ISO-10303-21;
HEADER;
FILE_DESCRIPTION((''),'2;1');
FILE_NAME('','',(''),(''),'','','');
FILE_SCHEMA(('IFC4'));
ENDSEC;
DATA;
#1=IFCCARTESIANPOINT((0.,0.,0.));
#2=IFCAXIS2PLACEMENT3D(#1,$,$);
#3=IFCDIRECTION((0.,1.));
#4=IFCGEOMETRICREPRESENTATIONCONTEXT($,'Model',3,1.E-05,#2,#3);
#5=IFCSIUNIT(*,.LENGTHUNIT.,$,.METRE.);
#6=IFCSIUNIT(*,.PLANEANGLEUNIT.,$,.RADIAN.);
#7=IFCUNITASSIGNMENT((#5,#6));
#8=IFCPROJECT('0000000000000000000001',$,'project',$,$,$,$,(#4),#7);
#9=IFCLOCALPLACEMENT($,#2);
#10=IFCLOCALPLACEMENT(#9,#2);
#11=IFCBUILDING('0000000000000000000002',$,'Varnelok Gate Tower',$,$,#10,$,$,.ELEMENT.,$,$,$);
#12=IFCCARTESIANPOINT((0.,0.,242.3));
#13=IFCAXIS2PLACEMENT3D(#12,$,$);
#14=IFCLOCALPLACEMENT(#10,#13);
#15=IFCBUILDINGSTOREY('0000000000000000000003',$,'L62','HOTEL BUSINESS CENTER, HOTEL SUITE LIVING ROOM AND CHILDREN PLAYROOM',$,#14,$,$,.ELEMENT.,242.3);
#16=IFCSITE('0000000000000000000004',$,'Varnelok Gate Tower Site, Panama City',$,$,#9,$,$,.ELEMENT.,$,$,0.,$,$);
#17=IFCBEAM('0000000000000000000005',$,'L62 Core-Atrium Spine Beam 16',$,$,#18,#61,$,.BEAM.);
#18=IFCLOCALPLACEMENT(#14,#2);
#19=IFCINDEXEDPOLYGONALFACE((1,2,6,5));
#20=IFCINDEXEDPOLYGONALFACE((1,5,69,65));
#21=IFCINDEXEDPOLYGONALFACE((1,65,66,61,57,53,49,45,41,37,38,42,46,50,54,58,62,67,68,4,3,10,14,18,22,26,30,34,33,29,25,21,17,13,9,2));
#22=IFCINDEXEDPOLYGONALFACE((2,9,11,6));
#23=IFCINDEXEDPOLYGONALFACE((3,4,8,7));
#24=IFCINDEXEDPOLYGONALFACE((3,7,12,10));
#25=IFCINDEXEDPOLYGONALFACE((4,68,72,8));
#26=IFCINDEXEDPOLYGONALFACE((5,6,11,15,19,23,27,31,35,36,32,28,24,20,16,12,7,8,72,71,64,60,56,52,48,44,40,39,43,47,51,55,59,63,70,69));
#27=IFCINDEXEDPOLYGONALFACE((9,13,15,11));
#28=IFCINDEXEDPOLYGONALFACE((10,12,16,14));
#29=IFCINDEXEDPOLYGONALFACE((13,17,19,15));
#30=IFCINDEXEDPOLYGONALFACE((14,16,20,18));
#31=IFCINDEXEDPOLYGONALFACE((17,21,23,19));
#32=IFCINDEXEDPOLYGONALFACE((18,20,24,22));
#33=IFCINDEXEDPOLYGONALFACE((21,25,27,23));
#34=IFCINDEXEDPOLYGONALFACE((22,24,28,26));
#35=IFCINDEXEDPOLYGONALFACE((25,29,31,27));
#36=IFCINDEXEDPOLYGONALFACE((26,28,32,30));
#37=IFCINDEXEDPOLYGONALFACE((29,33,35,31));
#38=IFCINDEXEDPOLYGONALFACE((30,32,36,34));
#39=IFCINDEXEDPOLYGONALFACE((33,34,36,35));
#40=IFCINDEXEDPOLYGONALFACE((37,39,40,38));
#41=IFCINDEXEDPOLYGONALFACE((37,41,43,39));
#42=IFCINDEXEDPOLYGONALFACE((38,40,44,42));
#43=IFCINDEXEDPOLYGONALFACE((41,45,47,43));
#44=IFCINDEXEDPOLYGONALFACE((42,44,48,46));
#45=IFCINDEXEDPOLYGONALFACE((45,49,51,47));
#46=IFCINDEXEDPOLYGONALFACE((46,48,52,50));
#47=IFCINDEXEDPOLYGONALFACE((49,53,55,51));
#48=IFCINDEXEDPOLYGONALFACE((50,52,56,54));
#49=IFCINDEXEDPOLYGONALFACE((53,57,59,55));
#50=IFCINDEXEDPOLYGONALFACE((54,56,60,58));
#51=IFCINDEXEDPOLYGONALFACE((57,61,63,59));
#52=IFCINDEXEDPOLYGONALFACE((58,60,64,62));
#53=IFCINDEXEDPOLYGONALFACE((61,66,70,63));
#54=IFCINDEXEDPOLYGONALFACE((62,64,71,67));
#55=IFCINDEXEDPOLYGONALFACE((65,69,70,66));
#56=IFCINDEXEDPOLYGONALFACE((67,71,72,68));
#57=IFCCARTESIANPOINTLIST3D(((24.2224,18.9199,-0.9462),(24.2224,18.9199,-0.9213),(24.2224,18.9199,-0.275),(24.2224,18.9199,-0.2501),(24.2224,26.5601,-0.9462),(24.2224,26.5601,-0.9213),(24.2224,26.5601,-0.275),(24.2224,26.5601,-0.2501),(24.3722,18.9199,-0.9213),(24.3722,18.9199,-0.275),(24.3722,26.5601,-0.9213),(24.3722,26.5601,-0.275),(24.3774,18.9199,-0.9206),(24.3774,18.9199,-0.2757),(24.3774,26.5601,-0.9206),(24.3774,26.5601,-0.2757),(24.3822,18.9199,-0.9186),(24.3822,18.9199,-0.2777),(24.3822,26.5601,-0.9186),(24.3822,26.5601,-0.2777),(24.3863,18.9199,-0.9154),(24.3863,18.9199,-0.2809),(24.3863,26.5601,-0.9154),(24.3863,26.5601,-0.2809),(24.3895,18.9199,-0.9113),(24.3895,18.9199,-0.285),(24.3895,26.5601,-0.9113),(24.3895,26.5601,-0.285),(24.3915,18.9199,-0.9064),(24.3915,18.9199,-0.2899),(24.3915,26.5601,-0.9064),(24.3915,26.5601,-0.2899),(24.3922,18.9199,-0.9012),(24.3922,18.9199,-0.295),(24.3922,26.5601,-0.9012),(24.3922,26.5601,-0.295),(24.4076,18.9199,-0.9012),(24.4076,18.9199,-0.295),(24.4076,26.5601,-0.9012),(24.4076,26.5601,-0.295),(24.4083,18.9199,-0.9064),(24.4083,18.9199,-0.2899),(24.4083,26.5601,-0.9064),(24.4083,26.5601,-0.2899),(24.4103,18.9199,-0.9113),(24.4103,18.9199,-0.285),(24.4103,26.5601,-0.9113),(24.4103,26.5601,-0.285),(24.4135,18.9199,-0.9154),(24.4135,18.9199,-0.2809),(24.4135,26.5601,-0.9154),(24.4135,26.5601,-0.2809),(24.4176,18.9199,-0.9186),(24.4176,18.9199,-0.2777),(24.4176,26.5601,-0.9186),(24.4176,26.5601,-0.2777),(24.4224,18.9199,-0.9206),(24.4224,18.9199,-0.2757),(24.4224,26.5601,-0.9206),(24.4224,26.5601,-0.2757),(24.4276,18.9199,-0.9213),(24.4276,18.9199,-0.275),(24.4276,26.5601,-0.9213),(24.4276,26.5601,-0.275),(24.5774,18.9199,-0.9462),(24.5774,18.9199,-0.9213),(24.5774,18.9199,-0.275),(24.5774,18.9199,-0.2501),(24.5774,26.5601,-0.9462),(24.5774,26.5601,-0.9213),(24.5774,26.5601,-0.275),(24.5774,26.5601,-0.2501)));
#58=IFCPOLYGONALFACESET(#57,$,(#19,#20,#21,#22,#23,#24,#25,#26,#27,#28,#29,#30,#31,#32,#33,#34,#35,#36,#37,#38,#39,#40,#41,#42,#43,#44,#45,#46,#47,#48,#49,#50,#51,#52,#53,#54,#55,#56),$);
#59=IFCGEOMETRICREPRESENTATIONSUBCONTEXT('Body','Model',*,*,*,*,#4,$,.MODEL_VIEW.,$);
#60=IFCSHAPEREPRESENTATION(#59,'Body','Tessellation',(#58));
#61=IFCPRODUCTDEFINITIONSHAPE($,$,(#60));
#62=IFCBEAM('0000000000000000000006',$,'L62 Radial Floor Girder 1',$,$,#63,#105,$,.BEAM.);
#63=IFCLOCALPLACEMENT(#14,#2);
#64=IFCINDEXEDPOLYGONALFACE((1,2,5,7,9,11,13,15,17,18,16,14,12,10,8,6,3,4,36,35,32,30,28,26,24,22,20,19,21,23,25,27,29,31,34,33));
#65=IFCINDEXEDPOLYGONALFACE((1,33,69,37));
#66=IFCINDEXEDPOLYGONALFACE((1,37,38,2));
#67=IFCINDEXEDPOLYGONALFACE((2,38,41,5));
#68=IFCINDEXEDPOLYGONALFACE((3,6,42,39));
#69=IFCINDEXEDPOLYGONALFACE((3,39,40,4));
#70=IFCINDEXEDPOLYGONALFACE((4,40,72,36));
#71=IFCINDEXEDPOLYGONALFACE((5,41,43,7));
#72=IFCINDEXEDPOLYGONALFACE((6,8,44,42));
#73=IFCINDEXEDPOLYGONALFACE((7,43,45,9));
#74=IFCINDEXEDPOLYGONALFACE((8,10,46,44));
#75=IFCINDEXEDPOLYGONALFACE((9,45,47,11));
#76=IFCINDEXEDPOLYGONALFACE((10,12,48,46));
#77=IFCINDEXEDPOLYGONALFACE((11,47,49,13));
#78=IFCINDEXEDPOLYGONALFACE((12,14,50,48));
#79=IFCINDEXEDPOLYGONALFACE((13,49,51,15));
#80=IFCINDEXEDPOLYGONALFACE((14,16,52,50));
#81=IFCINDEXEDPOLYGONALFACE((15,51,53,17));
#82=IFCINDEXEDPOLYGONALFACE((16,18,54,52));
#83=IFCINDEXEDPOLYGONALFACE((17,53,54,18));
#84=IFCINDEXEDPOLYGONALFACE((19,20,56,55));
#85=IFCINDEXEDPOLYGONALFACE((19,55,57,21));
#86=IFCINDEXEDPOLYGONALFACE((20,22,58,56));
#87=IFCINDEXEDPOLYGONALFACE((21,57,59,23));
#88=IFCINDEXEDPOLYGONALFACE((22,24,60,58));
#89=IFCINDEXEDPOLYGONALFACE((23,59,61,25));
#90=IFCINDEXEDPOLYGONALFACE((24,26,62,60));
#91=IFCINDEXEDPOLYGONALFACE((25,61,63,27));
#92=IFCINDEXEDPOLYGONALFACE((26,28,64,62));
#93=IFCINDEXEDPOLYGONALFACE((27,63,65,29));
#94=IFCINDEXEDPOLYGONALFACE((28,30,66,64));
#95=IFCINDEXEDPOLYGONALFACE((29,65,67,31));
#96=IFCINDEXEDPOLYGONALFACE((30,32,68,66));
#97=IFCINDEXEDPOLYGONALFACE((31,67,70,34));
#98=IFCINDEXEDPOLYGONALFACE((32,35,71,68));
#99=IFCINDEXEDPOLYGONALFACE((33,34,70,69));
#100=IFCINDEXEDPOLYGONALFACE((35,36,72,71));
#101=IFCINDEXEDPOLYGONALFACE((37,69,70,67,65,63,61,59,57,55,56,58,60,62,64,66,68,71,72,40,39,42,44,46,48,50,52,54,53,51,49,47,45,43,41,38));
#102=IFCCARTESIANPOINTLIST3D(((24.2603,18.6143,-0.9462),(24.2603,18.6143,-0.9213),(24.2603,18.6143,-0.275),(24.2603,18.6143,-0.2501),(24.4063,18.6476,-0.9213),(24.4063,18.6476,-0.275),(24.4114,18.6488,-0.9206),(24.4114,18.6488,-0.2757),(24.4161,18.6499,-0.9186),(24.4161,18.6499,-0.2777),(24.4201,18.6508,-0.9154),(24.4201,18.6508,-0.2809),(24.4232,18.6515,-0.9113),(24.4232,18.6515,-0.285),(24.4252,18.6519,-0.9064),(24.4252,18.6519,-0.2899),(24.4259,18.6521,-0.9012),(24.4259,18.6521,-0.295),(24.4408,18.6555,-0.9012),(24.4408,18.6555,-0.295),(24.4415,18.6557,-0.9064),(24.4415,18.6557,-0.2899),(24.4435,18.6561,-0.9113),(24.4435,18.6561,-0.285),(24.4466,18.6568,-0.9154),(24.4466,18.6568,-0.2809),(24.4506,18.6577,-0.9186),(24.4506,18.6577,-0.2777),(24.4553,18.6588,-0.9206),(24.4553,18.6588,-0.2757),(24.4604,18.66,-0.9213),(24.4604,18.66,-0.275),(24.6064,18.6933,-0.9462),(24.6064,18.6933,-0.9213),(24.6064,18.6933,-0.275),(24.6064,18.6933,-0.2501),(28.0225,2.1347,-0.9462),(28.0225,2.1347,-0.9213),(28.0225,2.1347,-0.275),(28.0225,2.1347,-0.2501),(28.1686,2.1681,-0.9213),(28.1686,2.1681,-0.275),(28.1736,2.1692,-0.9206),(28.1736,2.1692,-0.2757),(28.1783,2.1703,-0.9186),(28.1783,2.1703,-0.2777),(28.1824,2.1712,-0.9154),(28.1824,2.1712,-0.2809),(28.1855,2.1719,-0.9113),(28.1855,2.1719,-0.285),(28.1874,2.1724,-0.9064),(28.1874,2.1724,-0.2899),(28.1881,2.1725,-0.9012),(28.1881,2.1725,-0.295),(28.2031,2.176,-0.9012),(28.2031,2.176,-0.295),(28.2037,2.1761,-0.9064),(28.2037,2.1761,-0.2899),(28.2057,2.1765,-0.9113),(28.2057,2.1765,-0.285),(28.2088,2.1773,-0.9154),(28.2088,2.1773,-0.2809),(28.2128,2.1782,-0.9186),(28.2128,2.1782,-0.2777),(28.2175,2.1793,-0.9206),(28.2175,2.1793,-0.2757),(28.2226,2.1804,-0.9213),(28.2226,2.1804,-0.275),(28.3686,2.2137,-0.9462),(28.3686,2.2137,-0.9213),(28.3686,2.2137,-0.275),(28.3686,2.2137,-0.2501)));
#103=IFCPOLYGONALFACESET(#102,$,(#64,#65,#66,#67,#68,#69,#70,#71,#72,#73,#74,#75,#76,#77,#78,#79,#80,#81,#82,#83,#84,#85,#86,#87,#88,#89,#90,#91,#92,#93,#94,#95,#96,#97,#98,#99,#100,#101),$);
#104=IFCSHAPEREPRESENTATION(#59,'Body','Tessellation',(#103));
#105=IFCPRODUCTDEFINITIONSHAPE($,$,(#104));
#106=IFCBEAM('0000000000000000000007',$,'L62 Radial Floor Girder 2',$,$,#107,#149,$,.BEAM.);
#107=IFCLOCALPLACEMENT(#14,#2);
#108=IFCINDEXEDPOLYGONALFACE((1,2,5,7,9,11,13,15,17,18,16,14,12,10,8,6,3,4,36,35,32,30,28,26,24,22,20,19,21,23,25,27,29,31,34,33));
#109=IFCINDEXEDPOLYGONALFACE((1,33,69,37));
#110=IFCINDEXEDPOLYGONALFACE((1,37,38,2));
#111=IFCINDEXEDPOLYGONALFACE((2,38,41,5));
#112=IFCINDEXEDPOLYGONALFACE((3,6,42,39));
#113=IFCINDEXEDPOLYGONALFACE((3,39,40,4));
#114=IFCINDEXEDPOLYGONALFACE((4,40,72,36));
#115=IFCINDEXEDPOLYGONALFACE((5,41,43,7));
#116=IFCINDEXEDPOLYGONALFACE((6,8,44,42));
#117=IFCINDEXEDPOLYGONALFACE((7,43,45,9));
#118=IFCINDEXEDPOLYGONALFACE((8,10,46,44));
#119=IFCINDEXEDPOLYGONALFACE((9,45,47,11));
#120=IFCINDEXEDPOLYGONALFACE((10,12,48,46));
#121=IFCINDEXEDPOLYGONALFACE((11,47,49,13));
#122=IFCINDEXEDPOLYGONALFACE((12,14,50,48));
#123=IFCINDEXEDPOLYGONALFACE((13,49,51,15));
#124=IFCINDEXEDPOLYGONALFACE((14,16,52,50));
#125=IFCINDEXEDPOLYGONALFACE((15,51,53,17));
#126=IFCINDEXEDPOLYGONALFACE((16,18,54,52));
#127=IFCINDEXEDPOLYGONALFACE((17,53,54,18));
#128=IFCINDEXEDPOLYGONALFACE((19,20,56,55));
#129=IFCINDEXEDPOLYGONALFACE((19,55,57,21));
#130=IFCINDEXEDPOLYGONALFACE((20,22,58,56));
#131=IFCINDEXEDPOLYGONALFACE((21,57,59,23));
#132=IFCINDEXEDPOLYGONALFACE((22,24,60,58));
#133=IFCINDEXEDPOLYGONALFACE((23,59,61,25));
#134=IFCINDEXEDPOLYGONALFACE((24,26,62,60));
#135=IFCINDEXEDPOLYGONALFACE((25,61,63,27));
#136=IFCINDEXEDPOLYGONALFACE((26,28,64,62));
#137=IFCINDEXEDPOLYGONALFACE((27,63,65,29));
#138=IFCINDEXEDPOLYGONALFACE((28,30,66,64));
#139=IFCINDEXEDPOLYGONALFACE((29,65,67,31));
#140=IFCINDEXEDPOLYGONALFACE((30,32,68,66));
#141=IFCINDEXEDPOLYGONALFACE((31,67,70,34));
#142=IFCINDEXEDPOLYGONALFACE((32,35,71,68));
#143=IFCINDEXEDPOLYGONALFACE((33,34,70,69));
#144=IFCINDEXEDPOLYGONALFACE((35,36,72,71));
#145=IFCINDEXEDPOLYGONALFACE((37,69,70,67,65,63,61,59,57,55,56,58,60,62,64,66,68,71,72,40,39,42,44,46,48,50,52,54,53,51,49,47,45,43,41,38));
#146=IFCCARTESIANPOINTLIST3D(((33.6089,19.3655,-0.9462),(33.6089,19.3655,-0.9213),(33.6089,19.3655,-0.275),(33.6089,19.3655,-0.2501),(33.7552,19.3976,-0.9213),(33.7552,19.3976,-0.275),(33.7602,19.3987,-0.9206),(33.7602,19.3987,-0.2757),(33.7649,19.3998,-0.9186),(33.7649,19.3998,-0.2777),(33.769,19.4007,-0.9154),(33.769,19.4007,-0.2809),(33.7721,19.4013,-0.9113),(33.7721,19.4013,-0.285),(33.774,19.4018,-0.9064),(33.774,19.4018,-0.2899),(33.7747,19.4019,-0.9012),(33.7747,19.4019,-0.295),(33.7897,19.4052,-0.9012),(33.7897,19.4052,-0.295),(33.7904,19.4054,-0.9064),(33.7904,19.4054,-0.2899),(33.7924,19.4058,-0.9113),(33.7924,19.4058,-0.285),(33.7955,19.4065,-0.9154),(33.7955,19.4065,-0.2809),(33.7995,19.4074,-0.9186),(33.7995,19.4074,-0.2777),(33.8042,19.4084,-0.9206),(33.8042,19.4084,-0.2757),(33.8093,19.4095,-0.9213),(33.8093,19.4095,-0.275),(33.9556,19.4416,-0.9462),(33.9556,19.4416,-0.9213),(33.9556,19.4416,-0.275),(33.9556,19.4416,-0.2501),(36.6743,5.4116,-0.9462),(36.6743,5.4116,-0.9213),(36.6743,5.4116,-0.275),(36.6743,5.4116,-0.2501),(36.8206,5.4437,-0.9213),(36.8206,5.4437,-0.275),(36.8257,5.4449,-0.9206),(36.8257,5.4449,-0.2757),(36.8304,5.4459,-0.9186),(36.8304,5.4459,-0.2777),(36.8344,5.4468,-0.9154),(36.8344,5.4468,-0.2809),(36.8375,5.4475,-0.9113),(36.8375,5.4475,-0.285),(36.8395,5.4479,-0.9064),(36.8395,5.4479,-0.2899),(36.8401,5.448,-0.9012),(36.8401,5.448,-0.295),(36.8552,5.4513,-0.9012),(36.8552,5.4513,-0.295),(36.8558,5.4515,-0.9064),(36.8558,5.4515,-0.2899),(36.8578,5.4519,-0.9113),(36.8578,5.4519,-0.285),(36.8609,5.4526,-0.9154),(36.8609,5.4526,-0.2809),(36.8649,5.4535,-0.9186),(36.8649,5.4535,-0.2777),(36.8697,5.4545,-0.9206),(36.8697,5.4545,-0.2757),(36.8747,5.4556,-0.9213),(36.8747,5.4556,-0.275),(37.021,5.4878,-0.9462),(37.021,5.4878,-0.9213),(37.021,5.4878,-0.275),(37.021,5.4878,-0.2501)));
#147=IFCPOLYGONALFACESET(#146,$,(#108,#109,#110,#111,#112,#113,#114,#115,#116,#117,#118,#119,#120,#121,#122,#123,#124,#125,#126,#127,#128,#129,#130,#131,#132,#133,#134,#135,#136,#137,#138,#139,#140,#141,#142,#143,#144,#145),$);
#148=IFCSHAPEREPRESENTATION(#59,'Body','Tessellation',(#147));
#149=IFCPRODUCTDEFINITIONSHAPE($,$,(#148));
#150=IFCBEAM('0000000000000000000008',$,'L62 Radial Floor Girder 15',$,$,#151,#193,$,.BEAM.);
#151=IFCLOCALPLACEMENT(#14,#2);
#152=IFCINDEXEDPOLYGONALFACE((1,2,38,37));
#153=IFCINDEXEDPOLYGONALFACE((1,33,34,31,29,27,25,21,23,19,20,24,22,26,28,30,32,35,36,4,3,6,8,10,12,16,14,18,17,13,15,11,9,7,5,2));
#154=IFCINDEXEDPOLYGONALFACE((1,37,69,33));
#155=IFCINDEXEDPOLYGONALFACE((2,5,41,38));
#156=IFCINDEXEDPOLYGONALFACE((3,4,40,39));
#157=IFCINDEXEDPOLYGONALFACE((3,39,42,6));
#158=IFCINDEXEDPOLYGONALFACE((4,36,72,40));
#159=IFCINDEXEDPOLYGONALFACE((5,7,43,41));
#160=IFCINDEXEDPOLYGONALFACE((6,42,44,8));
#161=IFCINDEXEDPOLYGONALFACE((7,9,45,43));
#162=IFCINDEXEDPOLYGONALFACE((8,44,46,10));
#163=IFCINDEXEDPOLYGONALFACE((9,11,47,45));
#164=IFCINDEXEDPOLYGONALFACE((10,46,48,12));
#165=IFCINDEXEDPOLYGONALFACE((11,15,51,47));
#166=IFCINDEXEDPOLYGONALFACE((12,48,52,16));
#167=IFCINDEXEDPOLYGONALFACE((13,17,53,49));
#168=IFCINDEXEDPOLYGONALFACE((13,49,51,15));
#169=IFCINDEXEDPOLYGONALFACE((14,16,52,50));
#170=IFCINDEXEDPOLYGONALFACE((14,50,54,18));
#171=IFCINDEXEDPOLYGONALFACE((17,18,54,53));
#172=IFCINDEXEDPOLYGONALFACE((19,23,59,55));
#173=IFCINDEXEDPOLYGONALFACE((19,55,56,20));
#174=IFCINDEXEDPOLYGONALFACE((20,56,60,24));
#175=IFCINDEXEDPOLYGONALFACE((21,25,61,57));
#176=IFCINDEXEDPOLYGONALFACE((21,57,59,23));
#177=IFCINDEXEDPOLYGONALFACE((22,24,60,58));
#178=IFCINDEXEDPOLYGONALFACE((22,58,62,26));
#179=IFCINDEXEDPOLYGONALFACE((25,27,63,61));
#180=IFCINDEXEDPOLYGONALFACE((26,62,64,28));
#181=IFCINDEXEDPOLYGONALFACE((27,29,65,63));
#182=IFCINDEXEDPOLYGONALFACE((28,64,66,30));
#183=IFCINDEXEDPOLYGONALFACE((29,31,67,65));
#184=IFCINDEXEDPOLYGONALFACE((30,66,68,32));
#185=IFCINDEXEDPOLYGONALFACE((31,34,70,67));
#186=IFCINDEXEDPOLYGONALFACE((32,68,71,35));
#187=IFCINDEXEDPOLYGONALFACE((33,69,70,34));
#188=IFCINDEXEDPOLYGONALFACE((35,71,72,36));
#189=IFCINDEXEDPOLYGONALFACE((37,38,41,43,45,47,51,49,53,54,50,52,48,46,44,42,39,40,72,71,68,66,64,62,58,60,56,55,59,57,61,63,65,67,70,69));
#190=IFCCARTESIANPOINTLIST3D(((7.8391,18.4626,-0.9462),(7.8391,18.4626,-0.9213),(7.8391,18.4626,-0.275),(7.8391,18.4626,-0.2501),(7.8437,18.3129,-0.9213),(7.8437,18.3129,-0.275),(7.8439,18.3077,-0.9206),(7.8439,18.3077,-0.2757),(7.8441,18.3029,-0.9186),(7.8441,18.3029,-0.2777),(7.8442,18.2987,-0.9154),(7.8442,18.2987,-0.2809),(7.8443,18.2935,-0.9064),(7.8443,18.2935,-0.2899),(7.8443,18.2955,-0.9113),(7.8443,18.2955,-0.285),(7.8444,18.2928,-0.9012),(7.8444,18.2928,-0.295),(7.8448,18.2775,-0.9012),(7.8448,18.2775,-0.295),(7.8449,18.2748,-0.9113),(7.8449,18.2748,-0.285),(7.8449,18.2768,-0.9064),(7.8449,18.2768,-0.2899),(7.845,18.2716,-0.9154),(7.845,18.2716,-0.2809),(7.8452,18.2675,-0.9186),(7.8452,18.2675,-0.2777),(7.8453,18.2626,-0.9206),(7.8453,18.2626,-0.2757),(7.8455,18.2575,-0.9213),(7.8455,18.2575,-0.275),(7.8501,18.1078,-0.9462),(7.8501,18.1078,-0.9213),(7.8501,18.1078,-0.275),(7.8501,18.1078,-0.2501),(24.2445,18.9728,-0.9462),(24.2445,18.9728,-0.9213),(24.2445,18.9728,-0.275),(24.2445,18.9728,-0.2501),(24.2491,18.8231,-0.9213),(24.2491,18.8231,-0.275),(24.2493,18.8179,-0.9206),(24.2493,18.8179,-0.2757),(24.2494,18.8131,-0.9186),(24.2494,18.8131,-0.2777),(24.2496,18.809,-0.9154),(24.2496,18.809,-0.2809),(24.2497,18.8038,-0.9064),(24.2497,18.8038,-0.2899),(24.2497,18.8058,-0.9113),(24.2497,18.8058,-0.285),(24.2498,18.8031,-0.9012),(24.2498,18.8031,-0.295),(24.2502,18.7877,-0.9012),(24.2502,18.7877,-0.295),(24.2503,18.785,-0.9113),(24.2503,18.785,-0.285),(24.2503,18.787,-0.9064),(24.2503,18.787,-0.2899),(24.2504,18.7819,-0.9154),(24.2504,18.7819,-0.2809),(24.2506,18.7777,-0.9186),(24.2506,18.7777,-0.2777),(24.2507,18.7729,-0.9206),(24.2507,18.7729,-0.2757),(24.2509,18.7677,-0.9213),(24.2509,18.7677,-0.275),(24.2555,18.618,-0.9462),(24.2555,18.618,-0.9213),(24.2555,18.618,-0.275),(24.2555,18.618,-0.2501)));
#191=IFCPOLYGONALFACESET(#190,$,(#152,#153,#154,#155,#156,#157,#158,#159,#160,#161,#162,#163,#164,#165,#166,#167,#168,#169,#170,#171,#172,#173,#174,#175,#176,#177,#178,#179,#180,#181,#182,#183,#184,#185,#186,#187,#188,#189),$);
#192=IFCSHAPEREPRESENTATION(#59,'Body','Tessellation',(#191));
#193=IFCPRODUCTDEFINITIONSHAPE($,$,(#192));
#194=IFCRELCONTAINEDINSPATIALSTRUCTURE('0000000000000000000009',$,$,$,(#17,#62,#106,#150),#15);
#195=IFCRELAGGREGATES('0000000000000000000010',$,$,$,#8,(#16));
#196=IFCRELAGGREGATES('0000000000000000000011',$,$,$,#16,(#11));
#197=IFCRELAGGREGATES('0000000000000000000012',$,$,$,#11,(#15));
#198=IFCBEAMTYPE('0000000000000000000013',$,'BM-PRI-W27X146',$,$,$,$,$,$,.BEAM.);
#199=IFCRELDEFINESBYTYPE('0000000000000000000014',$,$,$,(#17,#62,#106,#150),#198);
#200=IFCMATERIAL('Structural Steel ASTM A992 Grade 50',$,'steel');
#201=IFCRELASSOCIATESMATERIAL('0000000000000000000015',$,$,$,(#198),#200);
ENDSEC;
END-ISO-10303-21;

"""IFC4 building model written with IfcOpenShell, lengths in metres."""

from ifc_helpers import new_model, si_unit, direction, frame, origin, origin_2d, place, context, subcontext, project, spatial, i_section, extrude, material, material_profile, profile_set, type_object, element, save


model = new_model("IFC4")

# Units and contexts
model_context = context("Model", 3, precision=1e-05, world=origin(), true_north=direction((0.0, 1.0)))
body_context = subcontext(model_context, "Body", "Model", "MODEL_VIEW")
ifc_project = project(units=[si_unit("LENGTHUNIT", "METRE"), si_unit("PLANEANGLEUNIT", "RADIAN")], contexts=[model_context])

# Site, building, storey
site_placement = place(None, origin())
site = spatial("IfcSite", under=ifc_project, at=site_placement, Name="Varnelok Gate Tower Site, Panama City", CompositionType="ELEMENT", RefElevation=0.0)
building_placement = place(site_placement, origin())
building = spatial("IfcBuilding", under=site, at=building_placement, Name="Varnelok Gate Tower", CompositionType="ELEMENT")
storey_placement = place(building_placement, frame((0.0, 0.0, 242.3)))
storey = spatial("IfcBuildingStorey", under=building, at=storey_placement, Name="L62", Description="HOTEL BUSINESS CENTER, HOTEL SUITE LIVING ROOM AND CHILDREN PLAYROOM", CompositionType="ELEMENT", Elevation=242.3)

# Shared definitions
ifc_material_1 = material(Name="Structural Steel ASTM A992 Grade 50", Category="steel")

# Beams
ifc_material_profile_1 = material_profile(ifc_material_1, i_section(OverallWidth=0.355, OverallDepth=0.696, WebThickness=0.0154, FlangeThickness=0.0249, FilletRadius=0.02, at=origin_2d()), Name="W27X146")
ifc_profile_set_1 = profile_set([ifc_material_profile_1], Name="Structural Steel ASTM A992 Grade 50")
beam_type_1 = type_object("IfcBeamType", Name="BM-PRI-W27X146", PredefinedType="BEAM", material=ifc_profile_set_1)
beam_1_placement = place(storey_placement, frame((24.3999, 18.9199, -0.5981), z_axis=(0.0, 1.0, 0.0), x_axis=(-1.0, 0.0, 0.0)))
element("IfcBeam", 1, at=beam_1_placement, inside=storey, type_object=beam_type_1, Name="L62 Core-Atrium Spine Beam 16", PredefinedType="BEAM", context=body_context, shape_type="SweptSolid", body=[
    extrude(i_section(OverallWidth=0.355, OverallDepth=0.696, WebThickness=0.0154, FlangeThickness=0.0249, FilletRadius=0.02, at=origin_2d()), origin(), (0.0, 0.0, 1.0), 7.6401),
])
beam_2_placement = place(storey_placement, frame((24.4333, 18.6538, -0.5981), z_axis=(0.22257, -0.974917, 0.0), x_axis=(0.974917, 0.22257, 0.0)))
element("IfcBeam", 2, at=beam_2_placement, inside=storey, type_object=beam_type_1, Name="L62 Radial Floor Girder 1", PredefinedType="BEAM", context=body_context, shape_type="SweptSolid", body=[
    extrude(i_section(OverallWidth=0.355, OverallDepth=0.696, WebThickness=0.0154, FlangeThickness=0.0249, FilletRadius=0.02, at=origin_2d()), origin(), (0.0, 0.0, 1.0), 16.9036),
])
beam_3_placement = place(storey_placement, frame((33.7822, 19.4036, -0.5981), z_axis=(0.214567, -0.976709, 0.0), x_axis=(0.976709, 0.214567, 0.0)))
element("IfcBeam", 3, at=beam_3_placement, inside=storey, type_object=beam_type_1, Name="L62 Radial Floor Girder 2", PredefinedType="BEAM", context=body_context, shape_type="SweptSolid", body=[
    extrude(i_section(OverallWidth=0.355, OverallDepth=0.696, WebThickness=0.0154, FlangeThickness=0.0249, FilletRadius=0.02, at=origin_2d()), origin(), (0.0, 0.0, 1.0), 14.2866),
])
beam_4_placement = place(storey_placement, frame((24.25, 18.7954, -0.5981), z_axis=(-0.999517, -0.031088, 0.0), x_axis=(0.031088, -0.999517, 0.0)))
element("IfcBeam", 4, at=beam_4_placement, inside=storey, type_object=beam_type_1, Name="L62 Radial Floor Girder 15", PredefinedType="BEAM", context=body_context, shape_type="SweptSolid", body=[
    extrude(i_section(OverallWidth=0.355, OverallDepth=0.696, WebThickness=0.0154, FlangeThickness=0.0249, FilletRadius=0.02, at=origin_2d()), origin(), (0.0, 0.0, 1.0), 16.4133),
])

save(model, "model.ifc")
